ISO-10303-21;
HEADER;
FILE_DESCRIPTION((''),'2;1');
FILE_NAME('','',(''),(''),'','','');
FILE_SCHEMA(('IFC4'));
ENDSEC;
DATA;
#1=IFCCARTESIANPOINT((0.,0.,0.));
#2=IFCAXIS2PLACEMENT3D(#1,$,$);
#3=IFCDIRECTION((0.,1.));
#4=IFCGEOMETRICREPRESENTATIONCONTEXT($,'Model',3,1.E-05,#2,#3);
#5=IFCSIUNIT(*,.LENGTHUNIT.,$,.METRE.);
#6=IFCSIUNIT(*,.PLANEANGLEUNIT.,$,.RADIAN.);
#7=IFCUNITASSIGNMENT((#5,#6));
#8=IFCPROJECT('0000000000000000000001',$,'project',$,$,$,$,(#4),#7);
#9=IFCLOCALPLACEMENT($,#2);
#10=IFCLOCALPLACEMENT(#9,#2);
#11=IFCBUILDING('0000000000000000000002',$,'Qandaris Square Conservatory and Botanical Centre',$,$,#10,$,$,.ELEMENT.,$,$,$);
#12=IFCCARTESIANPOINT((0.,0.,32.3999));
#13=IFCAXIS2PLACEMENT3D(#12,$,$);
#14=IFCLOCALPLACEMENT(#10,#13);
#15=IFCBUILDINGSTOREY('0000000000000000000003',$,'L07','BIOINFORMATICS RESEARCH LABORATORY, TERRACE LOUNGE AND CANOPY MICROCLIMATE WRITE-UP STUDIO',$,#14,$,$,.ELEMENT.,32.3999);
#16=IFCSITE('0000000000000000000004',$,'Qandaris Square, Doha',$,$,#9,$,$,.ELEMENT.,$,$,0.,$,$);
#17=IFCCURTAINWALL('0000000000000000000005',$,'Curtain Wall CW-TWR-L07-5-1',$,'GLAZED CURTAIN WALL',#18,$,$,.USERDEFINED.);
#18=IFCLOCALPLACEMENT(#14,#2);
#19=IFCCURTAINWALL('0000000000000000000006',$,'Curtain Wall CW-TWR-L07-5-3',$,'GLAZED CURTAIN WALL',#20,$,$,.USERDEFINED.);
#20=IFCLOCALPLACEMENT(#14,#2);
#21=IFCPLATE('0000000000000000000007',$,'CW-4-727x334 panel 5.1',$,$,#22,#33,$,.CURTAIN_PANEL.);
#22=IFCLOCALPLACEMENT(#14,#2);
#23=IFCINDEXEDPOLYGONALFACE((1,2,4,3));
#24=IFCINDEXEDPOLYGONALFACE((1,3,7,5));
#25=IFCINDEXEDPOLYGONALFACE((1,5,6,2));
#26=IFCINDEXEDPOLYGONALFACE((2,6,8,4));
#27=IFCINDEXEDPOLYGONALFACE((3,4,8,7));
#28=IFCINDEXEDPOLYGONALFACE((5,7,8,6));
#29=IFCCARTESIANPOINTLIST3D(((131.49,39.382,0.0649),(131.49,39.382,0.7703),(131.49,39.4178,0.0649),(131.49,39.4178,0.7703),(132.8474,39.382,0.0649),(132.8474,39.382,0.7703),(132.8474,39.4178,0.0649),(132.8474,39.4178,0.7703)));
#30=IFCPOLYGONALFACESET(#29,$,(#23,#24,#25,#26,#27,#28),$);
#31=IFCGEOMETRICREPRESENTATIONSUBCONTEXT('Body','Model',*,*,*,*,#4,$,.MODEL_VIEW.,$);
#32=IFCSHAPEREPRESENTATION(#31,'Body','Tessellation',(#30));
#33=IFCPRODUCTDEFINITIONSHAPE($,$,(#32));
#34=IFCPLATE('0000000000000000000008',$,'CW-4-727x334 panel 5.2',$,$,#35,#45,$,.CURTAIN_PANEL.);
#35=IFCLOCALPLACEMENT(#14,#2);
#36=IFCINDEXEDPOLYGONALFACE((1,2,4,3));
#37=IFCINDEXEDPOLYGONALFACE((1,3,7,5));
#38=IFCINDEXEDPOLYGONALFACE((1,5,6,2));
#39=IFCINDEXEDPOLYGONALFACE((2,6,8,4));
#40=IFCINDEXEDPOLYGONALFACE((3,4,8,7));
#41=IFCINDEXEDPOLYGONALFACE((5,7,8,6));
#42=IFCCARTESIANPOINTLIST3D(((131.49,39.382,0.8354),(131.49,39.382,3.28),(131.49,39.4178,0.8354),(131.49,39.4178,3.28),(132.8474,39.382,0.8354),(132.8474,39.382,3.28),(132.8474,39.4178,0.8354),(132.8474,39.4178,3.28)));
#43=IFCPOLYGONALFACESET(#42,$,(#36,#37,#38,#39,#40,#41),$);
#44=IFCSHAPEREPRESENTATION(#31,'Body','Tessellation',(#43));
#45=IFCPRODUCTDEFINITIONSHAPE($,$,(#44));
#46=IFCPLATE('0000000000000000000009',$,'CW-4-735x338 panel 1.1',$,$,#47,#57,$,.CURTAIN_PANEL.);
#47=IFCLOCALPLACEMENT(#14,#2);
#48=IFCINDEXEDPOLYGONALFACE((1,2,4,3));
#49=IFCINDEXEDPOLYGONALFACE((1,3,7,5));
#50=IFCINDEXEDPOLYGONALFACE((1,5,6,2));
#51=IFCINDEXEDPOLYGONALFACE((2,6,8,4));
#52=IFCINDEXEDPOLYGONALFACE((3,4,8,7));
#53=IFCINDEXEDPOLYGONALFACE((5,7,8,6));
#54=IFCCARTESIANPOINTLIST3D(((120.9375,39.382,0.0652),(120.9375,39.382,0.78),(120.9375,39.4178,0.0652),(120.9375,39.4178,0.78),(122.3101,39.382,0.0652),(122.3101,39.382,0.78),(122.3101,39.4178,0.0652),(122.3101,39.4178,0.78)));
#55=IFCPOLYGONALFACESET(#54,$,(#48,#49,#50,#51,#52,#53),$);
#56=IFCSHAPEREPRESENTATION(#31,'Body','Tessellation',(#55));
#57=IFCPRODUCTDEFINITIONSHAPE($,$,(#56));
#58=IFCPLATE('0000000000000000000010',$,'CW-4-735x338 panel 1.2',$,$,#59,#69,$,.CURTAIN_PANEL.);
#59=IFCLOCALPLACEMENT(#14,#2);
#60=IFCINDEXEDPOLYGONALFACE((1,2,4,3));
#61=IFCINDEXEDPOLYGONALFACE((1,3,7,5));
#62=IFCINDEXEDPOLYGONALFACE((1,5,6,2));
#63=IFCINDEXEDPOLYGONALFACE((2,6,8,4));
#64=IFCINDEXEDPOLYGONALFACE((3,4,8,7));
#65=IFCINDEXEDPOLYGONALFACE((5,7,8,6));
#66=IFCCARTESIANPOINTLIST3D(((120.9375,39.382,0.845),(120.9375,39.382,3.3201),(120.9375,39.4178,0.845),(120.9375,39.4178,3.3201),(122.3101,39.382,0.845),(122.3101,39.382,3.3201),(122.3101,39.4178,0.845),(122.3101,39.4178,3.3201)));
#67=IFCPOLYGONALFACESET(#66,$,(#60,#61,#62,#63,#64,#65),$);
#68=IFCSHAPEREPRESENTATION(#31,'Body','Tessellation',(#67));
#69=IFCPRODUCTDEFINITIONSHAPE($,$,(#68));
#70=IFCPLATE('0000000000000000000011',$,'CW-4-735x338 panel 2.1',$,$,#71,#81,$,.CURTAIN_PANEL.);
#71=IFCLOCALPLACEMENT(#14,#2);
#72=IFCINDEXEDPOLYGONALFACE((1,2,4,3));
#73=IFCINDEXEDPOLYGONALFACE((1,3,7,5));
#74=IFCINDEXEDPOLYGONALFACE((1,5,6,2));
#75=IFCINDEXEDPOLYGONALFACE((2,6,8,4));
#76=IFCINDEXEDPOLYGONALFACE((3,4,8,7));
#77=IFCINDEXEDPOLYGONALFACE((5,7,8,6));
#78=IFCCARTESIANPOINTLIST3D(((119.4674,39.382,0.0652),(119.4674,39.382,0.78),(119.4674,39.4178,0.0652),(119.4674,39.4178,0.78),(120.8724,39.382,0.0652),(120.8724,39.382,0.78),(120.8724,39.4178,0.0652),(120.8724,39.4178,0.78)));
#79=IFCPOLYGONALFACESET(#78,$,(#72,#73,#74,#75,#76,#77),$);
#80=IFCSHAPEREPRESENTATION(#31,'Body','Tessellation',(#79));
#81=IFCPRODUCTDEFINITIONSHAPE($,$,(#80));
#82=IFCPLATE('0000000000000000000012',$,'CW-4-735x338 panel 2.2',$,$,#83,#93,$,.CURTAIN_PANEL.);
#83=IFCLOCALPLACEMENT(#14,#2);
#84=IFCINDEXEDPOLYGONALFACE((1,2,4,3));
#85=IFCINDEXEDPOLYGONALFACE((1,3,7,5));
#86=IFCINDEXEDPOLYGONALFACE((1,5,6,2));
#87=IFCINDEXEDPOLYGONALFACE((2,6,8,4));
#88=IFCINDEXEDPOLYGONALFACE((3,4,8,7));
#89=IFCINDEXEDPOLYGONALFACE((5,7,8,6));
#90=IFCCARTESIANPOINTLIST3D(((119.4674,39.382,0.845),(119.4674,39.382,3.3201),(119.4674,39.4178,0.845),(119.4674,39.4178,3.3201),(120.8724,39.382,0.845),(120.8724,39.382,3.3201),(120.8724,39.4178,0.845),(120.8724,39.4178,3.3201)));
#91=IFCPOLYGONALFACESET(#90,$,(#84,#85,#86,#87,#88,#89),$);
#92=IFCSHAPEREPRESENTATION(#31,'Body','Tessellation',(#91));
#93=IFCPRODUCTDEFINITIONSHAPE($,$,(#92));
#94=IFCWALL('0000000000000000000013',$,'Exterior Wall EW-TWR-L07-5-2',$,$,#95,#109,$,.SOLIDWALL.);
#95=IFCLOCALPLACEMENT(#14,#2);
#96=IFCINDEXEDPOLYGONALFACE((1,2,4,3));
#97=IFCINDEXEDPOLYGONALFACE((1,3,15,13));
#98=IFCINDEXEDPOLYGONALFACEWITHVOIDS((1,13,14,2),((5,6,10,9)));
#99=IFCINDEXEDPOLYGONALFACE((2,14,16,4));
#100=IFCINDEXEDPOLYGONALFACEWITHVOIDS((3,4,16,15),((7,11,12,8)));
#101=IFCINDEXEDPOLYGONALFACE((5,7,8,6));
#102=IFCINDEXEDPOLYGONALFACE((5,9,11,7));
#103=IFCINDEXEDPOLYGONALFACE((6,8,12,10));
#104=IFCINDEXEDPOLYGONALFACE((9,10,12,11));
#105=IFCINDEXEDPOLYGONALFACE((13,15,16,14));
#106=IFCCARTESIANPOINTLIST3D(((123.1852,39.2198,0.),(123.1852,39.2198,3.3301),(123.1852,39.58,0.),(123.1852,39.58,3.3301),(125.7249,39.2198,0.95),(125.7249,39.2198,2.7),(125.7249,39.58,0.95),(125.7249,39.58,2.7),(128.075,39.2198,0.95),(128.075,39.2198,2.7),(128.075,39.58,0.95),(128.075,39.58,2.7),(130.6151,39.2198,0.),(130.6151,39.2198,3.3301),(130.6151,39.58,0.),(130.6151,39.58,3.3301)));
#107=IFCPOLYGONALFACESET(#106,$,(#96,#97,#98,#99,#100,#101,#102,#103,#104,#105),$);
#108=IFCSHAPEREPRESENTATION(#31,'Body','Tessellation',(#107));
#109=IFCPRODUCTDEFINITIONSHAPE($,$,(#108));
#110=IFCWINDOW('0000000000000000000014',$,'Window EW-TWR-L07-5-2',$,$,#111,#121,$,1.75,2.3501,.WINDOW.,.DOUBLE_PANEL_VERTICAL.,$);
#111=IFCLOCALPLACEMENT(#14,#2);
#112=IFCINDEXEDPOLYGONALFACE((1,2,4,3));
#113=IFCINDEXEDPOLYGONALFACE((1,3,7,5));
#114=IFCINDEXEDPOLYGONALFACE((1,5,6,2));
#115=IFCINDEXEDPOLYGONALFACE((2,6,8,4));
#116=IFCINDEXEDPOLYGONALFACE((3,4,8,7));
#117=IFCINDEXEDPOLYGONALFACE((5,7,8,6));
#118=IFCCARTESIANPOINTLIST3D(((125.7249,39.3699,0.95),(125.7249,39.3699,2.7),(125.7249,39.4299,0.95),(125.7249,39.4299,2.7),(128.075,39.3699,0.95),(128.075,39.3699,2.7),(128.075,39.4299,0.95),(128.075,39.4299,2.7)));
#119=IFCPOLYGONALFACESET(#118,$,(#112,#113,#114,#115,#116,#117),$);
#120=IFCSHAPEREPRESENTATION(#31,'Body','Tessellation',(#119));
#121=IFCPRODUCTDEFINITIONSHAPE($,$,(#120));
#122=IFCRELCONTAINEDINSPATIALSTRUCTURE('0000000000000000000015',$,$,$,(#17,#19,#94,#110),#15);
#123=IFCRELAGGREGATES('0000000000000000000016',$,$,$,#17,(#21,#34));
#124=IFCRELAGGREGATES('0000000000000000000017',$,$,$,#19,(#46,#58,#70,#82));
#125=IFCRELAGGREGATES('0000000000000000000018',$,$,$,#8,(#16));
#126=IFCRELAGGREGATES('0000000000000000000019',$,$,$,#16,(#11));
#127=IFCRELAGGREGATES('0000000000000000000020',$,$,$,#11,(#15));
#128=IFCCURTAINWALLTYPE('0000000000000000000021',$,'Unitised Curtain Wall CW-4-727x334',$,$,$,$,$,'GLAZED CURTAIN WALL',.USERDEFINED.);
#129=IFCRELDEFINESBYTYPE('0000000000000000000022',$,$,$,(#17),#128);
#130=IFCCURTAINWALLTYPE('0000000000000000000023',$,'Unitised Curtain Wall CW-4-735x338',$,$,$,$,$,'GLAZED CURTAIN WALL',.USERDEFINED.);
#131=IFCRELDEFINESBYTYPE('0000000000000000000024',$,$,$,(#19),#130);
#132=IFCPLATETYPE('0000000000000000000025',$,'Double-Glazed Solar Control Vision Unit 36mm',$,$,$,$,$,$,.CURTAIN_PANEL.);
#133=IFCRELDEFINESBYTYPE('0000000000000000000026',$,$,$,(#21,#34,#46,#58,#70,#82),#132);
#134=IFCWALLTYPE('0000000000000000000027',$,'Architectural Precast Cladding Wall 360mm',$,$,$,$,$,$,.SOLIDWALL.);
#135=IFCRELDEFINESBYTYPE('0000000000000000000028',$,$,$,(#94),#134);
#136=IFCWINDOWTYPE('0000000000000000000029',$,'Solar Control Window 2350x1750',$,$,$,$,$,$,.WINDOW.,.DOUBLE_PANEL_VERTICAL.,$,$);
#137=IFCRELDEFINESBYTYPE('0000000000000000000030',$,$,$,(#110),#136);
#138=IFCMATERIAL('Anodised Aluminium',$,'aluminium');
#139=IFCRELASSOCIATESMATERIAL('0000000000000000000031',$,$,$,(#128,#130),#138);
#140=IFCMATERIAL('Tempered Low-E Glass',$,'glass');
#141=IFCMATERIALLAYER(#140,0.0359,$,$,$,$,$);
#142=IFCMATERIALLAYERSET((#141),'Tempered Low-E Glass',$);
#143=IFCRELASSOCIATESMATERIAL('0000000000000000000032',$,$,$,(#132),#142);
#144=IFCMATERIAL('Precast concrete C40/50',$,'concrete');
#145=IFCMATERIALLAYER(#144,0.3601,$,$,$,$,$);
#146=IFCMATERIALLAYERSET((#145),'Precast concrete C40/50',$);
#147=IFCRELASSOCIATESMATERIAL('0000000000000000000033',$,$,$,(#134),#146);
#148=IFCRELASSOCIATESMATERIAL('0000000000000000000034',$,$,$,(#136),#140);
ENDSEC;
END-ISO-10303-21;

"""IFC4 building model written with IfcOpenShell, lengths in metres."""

from ifc_helpers import new_model, si_unit, direction, frame, frame_2d, origin, origin_2d, place, context, subcontext, project, spatial, rectangle, extrude, material, layer, layer_set, type_object, element, fill, aggregate, save


model = new_model("IFC4")

# Units and contexts
model_context = context("Model", 3, precision=1e-05, world=origin(), true_north=direction((0.0, 1.0)))
body_context = subcontext(model_context, "Body", "Model", "MODEL_VIEW")
ifc_project = project(units=[si_unit("LENGTHUNIT", "METRE"), si_unit("PLANEANGLEUNIT", "RADIAN")], contexts=[model_context])

# Site, building, storey
site_placement = place(None, origin())
site = spatial("IfcSite", under=ifc_project, at=site_placement, Name="Qandaris Square, Doha", CompositionType="ELEMENT", RefElevation=0.0)
building_placement = place(site_placement, origin())
building = spatial("IfcBuilding", under=site, at=building_placement, Name="Qandaris Square Conservatory and Botanical Centre", CompositionType="ELEMENT")
storey_placement = place(building_placement, frame((0.0, 0.0, 32.3999)))
storey = spatial("IfcBuildingStorey", under=building, at=storey_placement, Name="L07", Description="BIOINFORMATICS RESEARCH LABORATORY, TERRACE LOUNGE AND CANOPY MICROCLIMATE WRITE-UP STUDIO", CompositionType="ELEMENT", Elevation=32.3999)

# Curtain walls
ifc_material_1 = material(Name="Anodised Aluminium", Category="aluminium")
curtain_wall_type_1 = type_object("IfcCurtainWallType", Name="Unitised Curtain Wall CW-4-727x334", ElementType="GLAZED CURTAIN WALL", PredefinedType="USERDEFINED", material=ifc_material_1)
curtain_wall_1_placement = place(storey_placement, origin())
curtain_wall_1 = element("IfcCurtainWall", 1, at=curtain_wall_1_placement, inside=storey, type_object=curtain_wall_type_1, Name="Curtain Wall CW-TWR-L07-5-1", ObjectType="GLAZED CURTAIN WALL", PredefinedType="USERDEFINED")
curtain_wall_type_2 = type_object("IfcCurtainWallType", Name="Unitised Curtain Wall CW-4-735x338", ElementType="GLAZED CURTAIN WALL", PredefinedType="USERDEFINED", material=ifc_material_1)
curtain_wall_2_placement = place(storey_placement, origin())
curtain_wall_2 = element("IfcCurtainWall", 2, at=curtain_wall_2_placement, inside=storey, type_object=curtain_wall_type_2, Name="Curtain Wall CW-TWR-L07-5-3", ObjectType="GLAZED CURTAIN WALL", PredefinedType="USERDEFINED")

# Plates
ifc_material_2 = material(Name="Tempered Low-E Glass", Category="glass")
ifc_layer_1 = layer(ifc_material_2, 0.0359)
ifc_layer_set_1 = layer_set([ifc_layer_1], Name="Tempered Low-E Glass")
plate_type = type_object("IfcPlateType", Name="Double-Glazed Solar Control Vision Unit 36mm", PredefinedType="CURTAIN_PANEL", material=ifc_layer_set_1)
plate_1_placement = place(storey_placement, frame((132.1687, 39.3999, 0.0649), z_axis=(0.0, 0.0, 1.0), x_axis=(-1.0, 0.0, 0.0)))
plate_1 = element("IfcPlate", 3, at=plate_1_placement, type_object=plate_type, Name="CW-4-727x334 panel 5.1", PredefinedType="CURTAIN_PANEL", context=body_context, shape_type="SweptSolid", body=[
    extrude(rectangle(XDim=1.3574, YDim=0.0359, at=origin_2d()), origin(), (0.0, 0.0, 1.0), 0.7053),
])
plate_2_placement = place(storey_placement, frame((132.1687, 39.3999, 0.8354), z_axis=(0.0, 0.0, 1.0), x_axis=(-1.0, 0.0, 0.0)))
plate_2 = element("IfcPlate", 4, at=plate_2_placement, type_object=plate_type, Name="CW-4-727x334 panel 5.2", PredefinedType="CURTAIN_PANEL", context=body_context, shape_type="SweptSolid", body=[
    extrude(rectangle(XDim=1.3574, YDim=0.0359, at=origin_2d()), origin(), (0.0, 0.0, 1.0), 2.4446),
])
aggregate(curtain_wall_1, [plate_1, plate_2])
plate_3_placement = place(storey_placement, frame((121.6238, 39.3999, 0.0652), z_axis=(0.0, 0.0, 1.0), x_axis=(-1.0, 0.0, 0.0)))
plate_3 = element("IfcPlate", 5, at=plate_3_placement, type_object=plate_type, Name="CW-4-735x338 panel 1.1", PredefinedType="CURTAIN_PANEL", context=body_context, shape_type="SweptSolid", body=[
    extrude(rectangle(XDim=1.3726, YDim=0.0359, at=origin_2d()), origin(), (0.0, 0.0, 1.0), 0.7148),
])
plate_4_placement = place(storey_placement, frame((121.6238, 39.3999, 0.845), z_axis=(0.0, 0.0, 1.0), x_axis=(-1.0, 0.0, 0.0)))
plate_4 = element("IfcPlate", 6, at=plate_4_placement, type_object=plate_type, Name="CW-4-735x338 panel 1.2", PredefinedType="CURTAIN_PANEL", context=body_context, shape_type="SweptSolid", body=[
    extrude(rectangle(XDim=1.3726, YDim=0.0359, at=origin_2d()), origin(), (0.0, 0.0, 1.0), 2.4751),
])
plate_5_placement = place(storey_placement, frame((120.1699, 39.3999, 0.0652), z_axis=(0.0, 0.0, 1.0), x_axis=(-1.0, 0.0, 0.0)))
plate_5 = element("IfcPlate", 7, at=plate_5_placement, type_object=plate_type, Name="CW-4-735x338 panel 2.1", PredefinedType="CURTAIN_PANEL", context=body_context, shape_type="SweptSolid", body=[
    extrude(rectangle(XDim=1.405, YDim=0.0359, at=origin_2d()), origin(), (0.0, 0.0, 1.0), 0.7148),
])
plate_6_placement = place(storey_placement, frame((120.1699, 39.3999, 0.845), z_axis=(0.0, 0.0, 1.0), x_axis=(-1.0, 0.0, 0.0)))
plate_6 = element("IfcPlate", 8, at=plate_6_placement, type_object=plate_type, Name="CW-4-735x338 panel 2.2", PredefinedType="CURTAIN_PANEL", context=body_context, shape_type="SweptSolid", body=[
    extrude(rectangle(XDim=1.405, YDim=0.0359, at=origin_2d()), origin(), (0.0, 0.0, 1.0), 2.4751),
])
aggregate(curtain_wall_2, [plate_3, plate_4, plate_5, plate_6])

# Wall, opening, window
ifc_material_3 = material(Name="Precast concrete C40/50", Category="concrete")
ifc_layer_2 = layer(ifc_material_3, 0.3601)
ifc_layer_set_2 = layer_set([ifc_layer_2], Name="Precast concrete C40/50")
wall_type = type_object("IfcWallType", Name="Architectural Precast Cladding Wall 360mm", PredefinedType="SOLIDWALL", material=ifc_layer_set_2)
wall_placement = place(storey_placement, frame((130.615, 39.3999, 0.0), z_axis=(0.0, 0.0, 1.0), x_axis=(-1.0, 0.0, 0.0)))
wall = element("IfcWall", 9, at=wall_placement, inside=storey, type_object=wall_type, Name="Exterior Wall EW-TWR-L07-5-2", PredefinedType="SOLIDWALL", context=body_context, shape_type="SweptSolid", body=[
    extrude(rectangle(XDim=7.4299, YDim=0.3601, at=frame_2d((3.7148, 0.0))), origin(), (0.0, 0.0, 1.0), 3.3301),
])
opening_placement = place(wall_placement, frame((2.54, 0.0, 0.95)))
opening = element("IfcOpeningElement", 10, at=opening_placement, cuts=wall, PredefinedType="OPENING", context=body_context, shape_type="SweptSolid", body=[
    extrude(rectangle(XDim=2.3501, YDim=1.75, at=frame_2d((1.175, 0.875))), frame((0.0, 0.1919, 0.0), z_axis=(0.0, -1.0, 0.0), x_axis=(1.0, 0.0, 0.0)), (0.0, 0.0, 1.0), 0.384),
])
window_type = type_object("IfcWindowType", Name="Solar Control Window 2350x1750", PartitioningType="DOUBLE_PANEL_VERTICAL", PredefinedType="WINDOW", material=ifc_material_2)
window_placement = place(opening_placement, origin())
window = element("IfcWindow", 11, at=window_placement, inside=storey, type_object=window_type, Name="Window EW-TWR-L07-5-2", OverallHeight=1.75, OverallWidth=2.3501, PartitioningType="DOUBLE_PANEL_VERTICAL", PredefinedType="WINDOW", context=body_context, shape_type="SweptSolid", body=[
    extrude(rectangle(XDim=2.3501, YDim=1.75, at=frame_2d((1.175, 0.875))), frame((0.0, 0.03, 0.0), z_axis=(0.0, -1.0, 0.0), x_axis=(1.0, 0.0, 0.0)), (0.0, 0.0, 1.0), 0.0601),
])
fill(opening, window)

save(model, "model.ifc")
